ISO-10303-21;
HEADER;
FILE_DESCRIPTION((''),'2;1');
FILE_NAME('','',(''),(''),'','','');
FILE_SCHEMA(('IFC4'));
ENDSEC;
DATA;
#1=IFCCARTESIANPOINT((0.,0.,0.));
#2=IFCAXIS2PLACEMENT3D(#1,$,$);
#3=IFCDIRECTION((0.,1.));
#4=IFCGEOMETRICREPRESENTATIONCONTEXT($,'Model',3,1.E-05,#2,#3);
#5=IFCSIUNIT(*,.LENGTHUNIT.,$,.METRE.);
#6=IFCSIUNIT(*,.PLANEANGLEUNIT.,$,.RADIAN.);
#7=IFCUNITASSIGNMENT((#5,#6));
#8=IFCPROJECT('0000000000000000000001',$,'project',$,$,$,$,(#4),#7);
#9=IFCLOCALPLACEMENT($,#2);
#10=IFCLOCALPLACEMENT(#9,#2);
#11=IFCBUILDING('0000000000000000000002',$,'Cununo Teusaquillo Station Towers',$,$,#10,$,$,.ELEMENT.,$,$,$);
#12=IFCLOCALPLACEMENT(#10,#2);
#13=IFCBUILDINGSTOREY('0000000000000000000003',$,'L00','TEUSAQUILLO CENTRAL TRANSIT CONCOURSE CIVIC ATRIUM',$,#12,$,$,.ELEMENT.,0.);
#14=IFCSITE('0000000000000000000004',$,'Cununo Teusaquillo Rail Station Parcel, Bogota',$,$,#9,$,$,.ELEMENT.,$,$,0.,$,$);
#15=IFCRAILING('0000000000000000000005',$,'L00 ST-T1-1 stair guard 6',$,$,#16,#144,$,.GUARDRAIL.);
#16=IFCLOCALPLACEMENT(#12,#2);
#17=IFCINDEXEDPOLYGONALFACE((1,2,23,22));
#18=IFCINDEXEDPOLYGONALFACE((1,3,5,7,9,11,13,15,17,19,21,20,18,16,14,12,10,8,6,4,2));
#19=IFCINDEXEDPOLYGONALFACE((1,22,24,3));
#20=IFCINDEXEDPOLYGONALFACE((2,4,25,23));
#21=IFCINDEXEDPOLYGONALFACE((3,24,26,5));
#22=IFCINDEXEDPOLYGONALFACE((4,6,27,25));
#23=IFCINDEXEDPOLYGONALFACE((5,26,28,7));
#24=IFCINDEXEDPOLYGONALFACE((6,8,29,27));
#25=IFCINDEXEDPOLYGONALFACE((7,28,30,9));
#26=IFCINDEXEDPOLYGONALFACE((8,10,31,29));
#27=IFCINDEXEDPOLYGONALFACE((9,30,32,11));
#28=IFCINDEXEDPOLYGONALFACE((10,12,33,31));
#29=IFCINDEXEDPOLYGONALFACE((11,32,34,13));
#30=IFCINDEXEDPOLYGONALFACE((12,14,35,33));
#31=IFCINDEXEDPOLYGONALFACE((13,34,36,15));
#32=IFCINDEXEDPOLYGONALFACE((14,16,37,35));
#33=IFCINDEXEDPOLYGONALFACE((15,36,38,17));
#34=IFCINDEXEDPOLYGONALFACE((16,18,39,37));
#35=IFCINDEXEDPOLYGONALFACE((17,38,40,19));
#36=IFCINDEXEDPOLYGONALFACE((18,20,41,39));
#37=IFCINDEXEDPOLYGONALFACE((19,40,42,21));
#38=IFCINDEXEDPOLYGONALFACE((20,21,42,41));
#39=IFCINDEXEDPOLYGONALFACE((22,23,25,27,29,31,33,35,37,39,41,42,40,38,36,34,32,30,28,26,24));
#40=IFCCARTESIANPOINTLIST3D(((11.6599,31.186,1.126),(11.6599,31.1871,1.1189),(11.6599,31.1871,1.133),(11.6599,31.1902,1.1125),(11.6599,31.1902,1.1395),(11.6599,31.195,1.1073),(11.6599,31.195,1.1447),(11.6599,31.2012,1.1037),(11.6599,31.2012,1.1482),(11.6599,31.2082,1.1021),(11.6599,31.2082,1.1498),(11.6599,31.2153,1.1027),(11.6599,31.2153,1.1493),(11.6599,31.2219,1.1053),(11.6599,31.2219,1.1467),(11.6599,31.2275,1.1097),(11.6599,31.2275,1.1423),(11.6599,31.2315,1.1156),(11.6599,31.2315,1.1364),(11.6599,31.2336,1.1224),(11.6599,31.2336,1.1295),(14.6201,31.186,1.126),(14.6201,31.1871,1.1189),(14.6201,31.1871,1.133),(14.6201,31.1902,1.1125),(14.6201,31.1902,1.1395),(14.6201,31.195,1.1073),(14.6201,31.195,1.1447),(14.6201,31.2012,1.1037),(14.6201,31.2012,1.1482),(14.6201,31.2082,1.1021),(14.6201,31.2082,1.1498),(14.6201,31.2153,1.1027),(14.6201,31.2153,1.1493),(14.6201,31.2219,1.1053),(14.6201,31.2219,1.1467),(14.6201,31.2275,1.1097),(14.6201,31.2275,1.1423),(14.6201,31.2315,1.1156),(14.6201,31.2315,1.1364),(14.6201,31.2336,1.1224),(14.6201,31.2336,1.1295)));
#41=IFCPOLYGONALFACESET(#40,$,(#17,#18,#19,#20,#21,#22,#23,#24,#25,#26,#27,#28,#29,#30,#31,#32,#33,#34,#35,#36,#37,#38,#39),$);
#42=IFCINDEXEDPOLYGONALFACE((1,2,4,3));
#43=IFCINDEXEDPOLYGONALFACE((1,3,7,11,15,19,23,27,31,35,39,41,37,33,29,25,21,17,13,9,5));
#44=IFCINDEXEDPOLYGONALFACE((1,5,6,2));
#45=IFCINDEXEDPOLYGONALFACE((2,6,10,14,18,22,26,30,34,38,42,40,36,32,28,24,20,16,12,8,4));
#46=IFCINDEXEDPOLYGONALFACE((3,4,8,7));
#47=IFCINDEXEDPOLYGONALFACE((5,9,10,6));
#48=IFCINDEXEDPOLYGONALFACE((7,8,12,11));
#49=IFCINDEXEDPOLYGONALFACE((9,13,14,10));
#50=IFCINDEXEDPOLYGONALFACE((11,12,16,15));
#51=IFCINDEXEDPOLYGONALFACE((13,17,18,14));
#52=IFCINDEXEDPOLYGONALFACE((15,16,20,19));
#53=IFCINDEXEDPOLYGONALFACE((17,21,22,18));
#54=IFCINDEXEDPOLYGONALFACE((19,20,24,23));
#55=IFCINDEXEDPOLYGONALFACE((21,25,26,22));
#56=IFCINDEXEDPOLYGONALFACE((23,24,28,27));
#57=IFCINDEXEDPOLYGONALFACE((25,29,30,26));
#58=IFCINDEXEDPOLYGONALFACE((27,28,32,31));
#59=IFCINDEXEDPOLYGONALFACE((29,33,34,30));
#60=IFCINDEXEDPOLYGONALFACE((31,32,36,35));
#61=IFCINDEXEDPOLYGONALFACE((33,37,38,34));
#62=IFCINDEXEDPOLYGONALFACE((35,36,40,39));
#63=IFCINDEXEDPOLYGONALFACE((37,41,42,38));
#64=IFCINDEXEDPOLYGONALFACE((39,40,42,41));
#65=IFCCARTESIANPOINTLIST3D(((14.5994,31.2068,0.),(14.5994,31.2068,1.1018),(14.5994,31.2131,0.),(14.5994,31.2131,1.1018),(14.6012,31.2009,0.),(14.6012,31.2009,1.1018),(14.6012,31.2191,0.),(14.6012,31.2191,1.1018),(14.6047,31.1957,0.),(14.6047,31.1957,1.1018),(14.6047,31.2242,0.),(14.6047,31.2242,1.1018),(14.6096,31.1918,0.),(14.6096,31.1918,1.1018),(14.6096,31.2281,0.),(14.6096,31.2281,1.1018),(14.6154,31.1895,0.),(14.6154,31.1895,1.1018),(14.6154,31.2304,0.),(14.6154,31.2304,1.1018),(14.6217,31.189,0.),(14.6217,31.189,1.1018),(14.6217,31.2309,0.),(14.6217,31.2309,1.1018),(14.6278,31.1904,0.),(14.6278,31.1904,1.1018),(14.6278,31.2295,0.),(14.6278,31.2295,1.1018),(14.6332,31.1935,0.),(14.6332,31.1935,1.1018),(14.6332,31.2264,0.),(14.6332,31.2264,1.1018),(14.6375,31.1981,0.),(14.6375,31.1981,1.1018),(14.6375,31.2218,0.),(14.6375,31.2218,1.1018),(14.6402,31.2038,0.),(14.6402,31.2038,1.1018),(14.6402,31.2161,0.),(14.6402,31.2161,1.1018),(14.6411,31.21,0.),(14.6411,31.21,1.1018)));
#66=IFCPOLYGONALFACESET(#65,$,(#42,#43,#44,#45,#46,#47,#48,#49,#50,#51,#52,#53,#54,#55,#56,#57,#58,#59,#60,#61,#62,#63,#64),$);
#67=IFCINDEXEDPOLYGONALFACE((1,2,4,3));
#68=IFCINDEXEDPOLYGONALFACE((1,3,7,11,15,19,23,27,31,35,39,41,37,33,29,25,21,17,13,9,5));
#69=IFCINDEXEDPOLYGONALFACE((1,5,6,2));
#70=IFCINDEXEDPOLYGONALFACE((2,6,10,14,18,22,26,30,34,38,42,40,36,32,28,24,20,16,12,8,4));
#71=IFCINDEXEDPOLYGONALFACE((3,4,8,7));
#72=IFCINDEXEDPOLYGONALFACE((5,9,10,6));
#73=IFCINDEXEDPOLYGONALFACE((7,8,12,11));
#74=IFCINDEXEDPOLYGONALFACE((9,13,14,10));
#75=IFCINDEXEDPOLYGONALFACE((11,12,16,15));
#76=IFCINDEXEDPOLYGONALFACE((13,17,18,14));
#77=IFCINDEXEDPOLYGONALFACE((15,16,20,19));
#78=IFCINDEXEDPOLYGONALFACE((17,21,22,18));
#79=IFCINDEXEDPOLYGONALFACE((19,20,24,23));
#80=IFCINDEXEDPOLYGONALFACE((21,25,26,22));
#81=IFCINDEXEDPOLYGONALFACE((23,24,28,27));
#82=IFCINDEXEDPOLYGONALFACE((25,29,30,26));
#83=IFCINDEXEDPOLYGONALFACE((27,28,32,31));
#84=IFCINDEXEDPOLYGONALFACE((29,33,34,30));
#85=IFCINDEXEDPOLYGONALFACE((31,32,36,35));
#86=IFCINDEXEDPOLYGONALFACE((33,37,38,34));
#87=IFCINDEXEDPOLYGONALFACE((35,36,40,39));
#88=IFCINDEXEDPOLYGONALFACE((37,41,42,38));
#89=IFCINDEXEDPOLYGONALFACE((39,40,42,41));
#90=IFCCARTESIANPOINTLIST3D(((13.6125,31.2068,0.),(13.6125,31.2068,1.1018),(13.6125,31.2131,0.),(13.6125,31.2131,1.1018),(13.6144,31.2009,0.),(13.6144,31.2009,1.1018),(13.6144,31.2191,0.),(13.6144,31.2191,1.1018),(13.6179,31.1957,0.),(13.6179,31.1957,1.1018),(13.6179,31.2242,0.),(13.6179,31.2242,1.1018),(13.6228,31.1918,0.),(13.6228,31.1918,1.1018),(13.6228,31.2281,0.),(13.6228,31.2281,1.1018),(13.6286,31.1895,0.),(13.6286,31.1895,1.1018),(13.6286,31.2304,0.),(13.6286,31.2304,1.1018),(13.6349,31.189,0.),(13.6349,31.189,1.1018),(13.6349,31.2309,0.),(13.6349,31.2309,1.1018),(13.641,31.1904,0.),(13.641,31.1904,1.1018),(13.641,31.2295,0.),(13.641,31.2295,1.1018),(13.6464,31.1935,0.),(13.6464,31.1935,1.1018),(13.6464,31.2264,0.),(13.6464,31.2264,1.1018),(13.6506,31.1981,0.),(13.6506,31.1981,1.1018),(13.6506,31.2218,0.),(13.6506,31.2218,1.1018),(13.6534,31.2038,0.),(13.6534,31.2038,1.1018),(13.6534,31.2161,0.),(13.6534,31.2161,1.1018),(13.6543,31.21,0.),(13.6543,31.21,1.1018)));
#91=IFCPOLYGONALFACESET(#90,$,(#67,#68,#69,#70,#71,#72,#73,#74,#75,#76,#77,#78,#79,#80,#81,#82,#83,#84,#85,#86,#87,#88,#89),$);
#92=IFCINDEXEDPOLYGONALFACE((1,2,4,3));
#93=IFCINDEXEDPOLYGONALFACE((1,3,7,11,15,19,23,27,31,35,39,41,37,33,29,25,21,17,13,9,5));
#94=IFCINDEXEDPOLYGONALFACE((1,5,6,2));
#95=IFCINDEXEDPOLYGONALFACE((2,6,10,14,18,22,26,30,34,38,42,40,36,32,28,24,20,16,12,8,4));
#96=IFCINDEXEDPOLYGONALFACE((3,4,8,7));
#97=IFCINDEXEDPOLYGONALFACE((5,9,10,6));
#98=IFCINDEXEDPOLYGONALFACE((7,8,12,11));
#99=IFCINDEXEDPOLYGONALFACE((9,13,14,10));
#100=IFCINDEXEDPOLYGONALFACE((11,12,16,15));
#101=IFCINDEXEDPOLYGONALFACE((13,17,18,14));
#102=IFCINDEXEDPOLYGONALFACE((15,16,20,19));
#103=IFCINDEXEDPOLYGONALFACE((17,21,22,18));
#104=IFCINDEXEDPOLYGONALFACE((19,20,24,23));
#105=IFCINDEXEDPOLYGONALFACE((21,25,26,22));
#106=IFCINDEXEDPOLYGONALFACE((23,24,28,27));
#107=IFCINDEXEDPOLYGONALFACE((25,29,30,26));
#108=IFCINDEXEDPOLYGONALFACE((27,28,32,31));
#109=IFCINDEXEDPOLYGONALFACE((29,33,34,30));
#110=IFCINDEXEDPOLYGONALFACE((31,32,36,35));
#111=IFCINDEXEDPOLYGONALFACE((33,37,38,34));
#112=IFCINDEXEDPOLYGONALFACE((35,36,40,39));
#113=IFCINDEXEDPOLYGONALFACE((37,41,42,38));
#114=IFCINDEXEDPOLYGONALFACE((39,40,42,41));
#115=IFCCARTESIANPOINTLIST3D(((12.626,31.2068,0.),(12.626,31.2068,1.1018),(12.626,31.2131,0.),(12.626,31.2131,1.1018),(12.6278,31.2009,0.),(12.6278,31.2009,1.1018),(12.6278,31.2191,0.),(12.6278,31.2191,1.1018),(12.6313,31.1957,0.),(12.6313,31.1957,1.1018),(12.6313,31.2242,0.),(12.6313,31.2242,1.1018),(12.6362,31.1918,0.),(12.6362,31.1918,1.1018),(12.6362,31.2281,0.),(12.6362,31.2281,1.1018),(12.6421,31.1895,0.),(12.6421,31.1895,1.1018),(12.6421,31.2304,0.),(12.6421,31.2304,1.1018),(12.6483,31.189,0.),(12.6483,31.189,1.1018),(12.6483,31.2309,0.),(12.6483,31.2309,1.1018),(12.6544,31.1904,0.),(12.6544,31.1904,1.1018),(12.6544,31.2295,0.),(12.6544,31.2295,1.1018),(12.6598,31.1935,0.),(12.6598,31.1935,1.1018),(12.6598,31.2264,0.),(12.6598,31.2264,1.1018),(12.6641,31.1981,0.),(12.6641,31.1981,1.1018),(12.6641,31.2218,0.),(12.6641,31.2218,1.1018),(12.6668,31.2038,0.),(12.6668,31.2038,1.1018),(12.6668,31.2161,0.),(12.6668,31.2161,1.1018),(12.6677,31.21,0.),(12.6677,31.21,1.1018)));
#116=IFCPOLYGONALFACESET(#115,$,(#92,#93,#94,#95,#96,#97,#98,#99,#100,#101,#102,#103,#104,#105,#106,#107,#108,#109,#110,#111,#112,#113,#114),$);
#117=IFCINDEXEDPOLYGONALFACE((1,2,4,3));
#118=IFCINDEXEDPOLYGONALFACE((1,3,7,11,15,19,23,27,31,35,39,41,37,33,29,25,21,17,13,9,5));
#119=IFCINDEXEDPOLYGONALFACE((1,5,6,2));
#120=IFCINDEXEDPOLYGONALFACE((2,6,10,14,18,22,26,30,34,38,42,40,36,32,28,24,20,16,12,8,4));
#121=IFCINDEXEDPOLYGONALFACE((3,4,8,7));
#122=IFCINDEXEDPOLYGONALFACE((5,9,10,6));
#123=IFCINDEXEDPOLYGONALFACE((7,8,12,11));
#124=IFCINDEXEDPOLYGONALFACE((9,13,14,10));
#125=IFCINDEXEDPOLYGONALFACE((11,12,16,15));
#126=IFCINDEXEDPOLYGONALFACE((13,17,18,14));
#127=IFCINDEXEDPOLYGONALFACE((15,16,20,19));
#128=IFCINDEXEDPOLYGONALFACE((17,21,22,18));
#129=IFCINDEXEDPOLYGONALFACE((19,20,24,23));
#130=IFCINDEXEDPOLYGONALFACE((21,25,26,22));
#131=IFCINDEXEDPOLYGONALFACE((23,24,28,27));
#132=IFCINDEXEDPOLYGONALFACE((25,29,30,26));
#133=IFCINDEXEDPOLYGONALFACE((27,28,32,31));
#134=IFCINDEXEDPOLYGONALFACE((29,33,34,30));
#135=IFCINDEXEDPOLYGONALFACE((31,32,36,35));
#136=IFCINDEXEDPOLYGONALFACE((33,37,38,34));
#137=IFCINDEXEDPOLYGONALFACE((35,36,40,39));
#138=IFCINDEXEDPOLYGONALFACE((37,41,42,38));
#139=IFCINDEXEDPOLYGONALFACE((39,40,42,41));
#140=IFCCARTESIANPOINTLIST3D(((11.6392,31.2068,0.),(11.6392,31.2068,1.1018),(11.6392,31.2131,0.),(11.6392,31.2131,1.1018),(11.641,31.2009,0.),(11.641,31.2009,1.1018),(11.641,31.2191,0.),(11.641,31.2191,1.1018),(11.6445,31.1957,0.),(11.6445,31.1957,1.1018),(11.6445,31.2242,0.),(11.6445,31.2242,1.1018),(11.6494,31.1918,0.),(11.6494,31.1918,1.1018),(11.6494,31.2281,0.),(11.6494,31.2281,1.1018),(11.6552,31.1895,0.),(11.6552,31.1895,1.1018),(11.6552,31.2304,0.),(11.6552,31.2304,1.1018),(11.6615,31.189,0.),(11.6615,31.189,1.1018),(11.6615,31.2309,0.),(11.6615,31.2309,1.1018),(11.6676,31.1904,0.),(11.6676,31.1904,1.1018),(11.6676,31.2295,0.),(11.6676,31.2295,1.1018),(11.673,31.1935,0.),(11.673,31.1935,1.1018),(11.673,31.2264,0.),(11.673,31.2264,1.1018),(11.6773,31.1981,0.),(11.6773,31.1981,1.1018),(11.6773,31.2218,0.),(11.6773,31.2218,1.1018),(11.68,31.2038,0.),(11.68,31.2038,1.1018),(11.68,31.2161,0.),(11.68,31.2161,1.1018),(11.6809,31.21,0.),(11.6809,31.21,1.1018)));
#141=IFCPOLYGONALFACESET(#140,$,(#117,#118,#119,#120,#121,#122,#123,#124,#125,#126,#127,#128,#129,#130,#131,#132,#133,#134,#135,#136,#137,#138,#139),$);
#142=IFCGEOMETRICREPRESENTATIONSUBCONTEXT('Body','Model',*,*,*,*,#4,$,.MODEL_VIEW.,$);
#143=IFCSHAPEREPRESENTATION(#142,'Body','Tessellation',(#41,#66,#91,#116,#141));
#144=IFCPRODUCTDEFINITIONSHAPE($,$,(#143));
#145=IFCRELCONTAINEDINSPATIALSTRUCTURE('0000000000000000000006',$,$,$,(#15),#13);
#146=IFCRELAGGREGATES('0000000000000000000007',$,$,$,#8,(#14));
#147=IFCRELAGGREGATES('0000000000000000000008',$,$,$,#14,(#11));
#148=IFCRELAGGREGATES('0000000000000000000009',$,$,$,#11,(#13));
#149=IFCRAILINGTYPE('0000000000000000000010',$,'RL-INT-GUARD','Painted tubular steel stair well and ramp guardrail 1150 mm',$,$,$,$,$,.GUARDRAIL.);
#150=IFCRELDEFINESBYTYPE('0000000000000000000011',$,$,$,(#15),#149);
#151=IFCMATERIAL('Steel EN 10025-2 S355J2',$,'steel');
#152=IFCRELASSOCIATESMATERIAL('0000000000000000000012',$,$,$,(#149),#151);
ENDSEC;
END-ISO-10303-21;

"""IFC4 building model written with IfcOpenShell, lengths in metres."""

from ifc_helpers import new_model, si_unit, direction, frame, origin, origin_2d, place, context, subcontext, project, spatial, circle, extrude, material, type_object, element, save


model = new_model("IFC4")

# Units and contexts
model_context = context("Model", 3, precision=1e-05, world=origin(), true_north=direction((0.0, 1.0)))
body_context = subcontext(model_context, "Body", "Model", "MODEL_VIEW")
ifc_project = project(units=[si_unit("LENGTHUNIT", "METRE"), si_unit("PLANEANGLEUNIT", "RADIAN")], contexts=[model_context])

# Site, building, storey
site_placement = place(None, origin())
site = spatial("IfcSite", under=ifc_project, at=site_placement, Name="Cununo Teusaquillo Rail Station Parcel, Bogota", CompositionType="ELEMENT", RefElevation=0.0)
building_placement = place(site_placement, origin())
building = spatial("IfcBuilding", under=site, at=building_placement, Name="Cununo Teusaquillo Station Towers", CompositionType="ELEMENT")
storey_placement = place(building_placement, origin())
storey = spatial("IfcBuildingStorey", under=building, at=storey_placement, Name="L00", Description="TEUSAQUILLO CENTRAL TRANSIT CONCOURSE CIVIC ATRIUM", CompositionType="ELEMENT", Elevation=0.0)

# Railing
ifc_material_1 = material(Name="Steel EN 10025-2 S355J2", Category="steel")
railing_type_1 = type_object("IfcRailingType", Name="RL-INT-GUARD", Description="Painted tubular steel stair well and ramp guardrail 1150 mm", PredefinedType="GUARDRAIL", material=ifc_material_1)
railing_1_placement = place(storey_placement, frame((14.6201, 31.21, 0.0)))
element("IfcRailing", 1, at=railing_1_placement, inside=storey, type_object=railing_type_1, Name="L00 ST-T1-1 stair guard 6", PredefinedType="GUARDRAIL", context=body_context, shape_type="SweptSolid", body=[
    extrude(circle(Radius=0.0239, at=origin_2d()), frame((0.0, 0.0, 1.126), z_axis=(-1.0, 0.0, 0.0), x_axis=(0.0, -1.0, 0.0)), (0.0, 0.0, 1.0), 2.9602),
    extrude(circle(Radius=0.021, at=origin_2d()), origin(), (0.0, 0.0, 1.0), 1.1018),
    extrude(circle(Radius=0.021, at=origin_2d()), frame((-0.9868, 0.0, 0.0)), (0.0, 0.0, 1.0), 1.1018),
    extrude(circle(Radius=0.021, at=origin_2d()), frame((-1.9734, 0.0, 0.0)), (0.0, 0.0, 1.0), 1.1018),
    extrude(circle(Radius=0.021, at=origin_2d()), frame((-2.9602, 0.0, 0.0)), (0.0, 0.0, 1.0), 1.1018),
])

save(model, "model.ifc")
